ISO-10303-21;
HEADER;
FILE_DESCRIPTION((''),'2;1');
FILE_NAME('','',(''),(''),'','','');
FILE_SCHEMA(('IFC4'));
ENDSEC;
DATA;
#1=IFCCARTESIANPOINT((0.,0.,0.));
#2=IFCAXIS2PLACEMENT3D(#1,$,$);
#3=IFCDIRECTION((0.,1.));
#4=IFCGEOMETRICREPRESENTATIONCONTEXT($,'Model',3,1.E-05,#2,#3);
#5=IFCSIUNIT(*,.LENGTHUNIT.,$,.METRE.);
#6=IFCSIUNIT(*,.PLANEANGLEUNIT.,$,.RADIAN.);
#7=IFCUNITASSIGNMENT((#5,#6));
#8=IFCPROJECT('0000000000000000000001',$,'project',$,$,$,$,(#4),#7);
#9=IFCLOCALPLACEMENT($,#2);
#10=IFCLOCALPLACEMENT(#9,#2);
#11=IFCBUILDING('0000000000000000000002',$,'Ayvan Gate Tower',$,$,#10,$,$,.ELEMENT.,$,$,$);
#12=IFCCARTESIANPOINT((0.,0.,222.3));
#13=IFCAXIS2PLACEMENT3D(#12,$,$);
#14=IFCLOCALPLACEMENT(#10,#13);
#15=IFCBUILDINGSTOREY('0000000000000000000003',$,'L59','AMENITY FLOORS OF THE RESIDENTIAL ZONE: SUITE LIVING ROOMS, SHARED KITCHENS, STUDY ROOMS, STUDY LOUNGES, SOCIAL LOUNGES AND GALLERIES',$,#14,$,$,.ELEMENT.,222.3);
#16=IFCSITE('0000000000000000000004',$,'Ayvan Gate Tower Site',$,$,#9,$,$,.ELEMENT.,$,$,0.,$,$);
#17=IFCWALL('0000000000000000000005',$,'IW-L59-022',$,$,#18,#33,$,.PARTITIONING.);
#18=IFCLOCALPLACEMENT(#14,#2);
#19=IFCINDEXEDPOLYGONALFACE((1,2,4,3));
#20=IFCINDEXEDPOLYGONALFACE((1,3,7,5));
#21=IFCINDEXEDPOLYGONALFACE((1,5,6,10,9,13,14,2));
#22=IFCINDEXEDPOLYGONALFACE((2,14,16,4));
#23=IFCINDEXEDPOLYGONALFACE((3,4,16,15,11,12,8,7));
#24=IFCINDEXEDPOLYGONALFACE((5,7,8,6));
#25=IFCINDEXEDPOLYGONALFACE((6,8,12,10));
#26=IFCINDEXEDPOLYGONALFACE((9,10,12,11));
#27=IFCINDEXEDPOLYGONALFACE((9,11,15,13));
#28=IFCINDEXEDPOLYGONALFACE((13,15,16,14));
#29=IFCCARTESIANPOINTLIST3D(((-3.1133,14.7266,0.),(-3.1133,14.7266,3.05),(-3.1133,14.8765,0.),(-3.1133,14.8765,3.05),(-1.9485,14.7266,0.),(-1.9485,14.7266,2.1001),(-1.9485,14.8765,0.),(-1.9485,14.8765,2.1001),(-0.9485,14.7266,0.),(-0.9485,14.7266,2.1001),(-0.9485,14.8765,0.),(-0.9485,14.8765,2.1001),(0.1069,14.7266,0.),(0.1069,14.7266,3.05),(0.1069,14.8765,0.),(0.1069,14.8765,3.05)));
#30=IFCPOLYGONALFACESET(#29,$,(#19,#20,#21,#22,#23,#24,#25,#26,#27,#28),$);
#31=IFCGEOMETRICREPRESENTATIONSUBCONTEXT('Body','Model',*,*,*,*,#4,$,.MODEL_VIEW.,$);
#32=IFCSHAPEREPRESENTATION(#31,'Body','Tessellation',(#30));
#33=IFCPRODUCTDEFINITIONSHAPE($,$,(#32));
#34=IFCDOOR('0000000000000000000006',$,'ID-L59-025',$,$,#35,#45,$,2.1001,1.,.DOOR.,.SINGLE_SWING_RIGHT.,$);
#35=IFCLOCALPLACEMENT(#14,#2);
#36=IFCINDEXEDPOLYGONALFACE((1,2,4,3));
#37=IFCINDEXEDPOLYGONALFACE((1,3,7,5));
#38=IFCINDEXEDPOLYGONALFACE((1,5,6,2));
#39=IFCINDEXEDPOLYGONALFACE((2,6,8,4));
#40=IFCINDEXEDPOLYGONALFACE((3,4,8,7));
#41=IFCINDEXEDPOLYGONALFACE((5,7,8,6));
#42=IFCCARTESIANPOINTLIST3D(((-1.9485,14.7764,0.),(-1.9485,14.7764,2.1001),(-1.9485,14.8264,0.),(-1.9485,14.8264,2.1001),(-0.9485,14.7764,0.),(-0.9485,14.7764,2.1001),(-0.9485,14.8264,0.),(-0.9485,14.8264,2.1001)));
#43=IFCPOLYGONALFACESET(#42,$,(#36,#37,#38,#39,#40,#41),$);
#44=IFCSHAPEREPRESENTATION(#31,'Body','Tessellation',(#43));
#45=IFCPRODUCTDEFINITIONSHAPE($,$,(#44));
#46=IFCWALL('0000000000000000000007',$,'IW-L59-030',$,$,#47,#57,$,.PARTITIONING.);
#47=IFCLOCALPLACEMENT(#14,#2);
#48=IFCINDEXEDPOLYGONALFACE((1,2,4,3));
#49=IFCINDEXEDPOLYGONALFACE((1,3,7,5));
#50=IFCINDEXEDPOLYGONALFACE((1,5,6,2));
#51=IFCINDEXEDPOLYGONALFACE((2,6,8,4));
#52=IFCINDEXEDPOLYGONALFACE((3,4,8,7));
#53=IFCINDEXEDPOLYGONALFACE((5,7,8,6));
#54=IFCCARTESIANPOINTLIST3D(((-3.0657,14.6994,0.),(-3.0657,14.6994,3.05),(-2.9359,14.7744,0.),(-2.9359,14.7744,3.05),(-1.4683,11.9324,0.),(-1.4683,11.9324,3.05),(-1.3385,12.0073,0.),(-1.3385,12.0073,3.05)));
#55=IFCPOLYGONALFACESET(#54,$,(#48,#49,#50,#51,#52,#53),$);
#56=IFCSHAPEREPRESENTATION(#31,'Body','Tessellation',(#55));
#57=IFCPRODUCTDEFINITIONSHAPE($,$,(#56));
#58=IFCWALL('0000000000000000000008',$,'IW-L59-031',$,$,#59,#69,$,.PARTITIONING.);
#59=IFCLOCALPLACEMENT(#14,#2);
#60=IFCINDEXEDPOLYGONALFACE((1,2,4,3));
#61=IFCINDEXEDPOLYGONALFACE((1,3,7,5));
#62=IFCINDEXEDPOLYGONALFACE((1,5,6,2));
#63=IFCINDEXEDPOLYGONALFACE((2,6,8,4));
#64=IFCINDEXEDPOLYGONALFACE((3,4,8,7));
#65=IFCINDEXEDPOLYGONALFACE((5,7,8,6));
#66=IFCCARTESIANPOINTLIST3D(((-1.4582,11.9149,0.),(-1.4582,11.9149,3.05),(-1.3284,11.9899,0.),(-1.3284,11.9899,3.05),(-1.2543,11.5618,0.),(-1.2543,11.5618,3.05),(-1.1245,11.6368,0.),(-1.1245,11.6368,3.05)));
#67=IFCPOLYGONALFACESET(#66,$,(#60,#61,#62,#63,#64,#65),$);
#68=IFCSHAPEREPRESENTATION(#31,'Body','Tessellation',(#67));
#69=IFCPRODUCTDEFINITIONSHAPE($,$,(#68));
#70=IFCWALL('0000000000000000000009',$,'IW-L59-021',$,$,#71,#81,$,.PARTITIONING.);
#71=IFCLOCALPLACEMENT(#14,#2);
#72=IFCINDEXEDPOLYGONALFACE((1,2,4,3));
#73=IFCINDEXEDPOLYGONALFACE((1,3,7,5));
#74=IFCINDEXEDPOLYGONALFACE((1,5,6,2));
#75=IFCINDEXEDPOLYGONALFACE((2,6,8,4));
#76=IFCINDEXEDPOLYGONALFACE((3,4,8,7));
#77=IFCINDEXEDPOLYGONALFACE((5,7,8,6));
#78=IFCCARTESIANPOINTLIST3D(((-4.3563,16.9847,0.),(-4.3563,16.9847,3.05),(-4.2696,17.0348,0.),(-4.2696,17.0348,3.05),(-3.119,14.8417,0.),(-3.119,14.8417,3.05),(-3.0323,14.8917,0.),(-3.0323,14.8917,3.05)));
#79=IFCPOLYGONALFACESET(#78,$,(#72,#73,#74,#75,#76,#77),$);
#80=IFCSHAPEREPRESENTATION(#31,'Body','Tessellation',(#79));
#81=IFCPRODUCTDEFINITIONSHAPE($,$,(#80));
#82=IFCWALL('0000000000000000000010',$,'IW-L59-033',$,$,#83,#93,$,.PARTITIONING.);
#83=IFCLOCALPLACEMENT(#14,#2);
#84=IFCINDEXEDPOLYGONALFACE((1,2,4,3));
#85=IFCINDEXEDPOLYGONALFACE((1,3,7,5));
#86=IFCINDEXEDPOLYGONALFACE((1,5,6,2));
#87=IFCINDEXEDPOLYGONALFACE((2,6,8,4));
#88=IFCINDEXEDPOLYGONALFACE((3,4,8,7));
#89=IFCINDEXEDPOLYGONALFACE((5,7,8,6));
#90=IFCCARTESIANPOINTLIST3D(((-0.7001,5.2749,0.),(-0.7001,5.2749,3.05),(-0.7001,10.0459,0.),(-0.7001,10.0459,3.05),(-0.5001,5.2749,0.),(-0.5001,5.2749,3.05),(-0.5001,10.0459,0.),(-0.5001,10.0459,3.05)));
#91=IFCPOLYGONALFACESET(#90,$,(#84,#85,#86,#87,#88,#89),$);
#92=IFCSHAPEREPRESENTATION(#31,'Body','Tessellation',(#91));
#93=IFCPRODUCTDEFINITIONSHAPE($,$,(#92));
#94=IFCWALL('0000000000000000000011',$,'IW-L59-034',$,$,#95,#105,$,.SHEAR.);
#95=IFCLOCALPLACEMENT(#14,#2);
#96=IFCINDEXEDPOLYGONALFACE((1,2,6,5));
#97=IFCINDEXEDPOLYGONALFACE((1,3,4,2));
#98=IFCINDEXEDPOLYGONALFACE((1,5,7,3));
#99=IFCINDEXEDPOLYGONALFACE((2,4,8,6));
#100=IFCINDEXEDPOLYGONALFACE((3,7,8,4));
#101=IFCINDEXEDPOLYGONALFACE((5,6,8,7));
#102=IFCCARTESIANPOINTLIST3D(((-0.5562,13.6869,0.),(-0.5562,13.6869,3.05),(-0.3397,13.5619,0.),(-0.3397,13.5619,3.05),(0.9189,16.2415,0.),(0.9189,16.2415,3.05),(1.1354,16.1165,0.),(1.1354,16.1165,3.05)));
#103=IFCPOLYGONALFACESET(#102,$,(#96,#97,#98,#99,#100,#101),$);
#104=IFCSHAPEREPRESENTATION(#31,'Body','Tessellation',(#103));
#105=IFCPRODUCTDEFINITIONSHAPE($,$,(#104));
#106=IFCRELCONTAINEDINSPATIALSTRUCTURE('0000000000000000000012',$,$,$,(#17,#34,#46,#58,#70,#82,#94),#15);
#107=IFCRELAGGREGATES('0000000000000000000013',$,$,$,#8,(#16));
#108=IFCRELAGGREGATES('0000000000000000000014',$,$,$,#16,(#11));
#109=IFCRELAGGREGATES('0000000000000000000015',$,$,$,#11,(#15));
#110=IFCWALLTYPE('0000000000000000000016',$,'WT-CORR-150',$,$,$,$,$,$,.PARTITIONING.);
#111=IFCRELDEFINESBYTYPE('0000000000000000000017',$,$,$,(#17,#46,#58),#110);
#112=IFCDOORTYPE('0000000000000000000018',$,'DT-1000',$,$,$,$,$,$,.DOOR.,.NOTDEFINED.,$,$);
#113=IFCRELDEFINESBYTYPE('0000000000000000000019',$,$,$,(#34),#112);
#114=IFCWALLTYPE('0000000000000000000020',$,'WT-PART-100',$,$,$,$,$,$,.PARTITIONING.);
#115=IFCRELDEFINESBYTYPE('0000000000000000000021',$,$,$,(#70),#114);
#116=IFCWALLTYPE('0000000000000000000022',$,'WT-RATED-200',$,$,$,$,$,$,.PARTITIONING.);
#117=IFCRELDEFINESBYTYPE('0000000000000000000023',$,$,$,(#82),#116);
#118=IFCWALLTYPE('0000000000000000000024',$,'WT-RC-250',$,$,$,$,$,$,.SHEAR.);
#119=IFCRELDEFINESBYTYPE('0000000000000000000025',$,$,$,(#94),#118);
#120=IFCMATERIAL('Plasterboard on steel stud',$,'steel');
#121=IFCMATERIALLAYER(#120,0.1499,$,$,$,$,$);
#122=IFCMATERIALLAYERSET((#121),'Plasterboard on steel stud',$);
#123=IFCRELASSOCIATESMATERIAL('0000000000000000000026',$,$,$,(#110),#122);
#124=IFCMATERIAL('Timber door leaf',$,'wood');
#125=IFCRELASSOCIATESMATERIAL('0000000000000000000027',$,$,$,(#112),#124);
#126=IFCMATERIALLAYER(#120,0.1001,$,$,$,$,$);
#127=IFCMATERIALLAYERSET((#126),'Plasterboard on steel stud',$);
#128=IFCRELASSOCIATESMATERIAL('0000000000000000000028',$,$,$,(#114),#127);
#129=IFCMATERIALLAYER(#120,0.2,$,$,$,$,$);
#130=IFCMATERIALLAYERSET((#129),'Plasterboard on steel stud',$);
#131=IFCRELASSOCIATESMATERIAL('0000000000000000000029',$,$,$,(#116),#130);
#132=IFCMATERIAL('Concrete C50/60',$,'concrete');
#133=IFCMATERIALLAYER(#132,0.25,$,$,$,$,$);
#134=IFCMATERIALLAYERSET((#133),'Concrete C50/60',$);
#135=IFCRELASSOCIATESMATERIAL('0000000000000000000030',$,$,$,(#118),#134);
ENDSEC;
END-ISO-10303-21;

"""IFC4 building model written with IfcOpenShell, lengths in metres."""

from ifc_helpers import new_model, si_unit, direction, frame, frame_2d, origin, place, context, subcontext, project, spatial, rectangle, extrude, material, layer, layer_set, type_object, element, fill, save


model = new_model("IFC4")

# Units and contexts
model_context = context("Model", 3, precision=1e-05, world=origin(), true_north=direction((0.0, 1.0)))
body_context = subcontext(model_context, "Body", "Model", "MODEL_VIEW")
ifc_project = project(units=[si_unit("LENGTHUNIT", "METRE"), si_unit("PLANEANGLEUNIT", "RADIAN")], contexts=[model_context])

# Site, building, storey
site_placement = place(None, origin())
site = spatial("IfcSite", under=ifc_project, at=site_placement, Name="Ayvan Gate Tower Site", CompositionType="ELEMENT", RefElevation=0.0)
building_placement = place(site_placement, origin())
building = spatial("IfcBuilding", under=site, at=building_placement, Name="Ayvan Gate Tower", CompositionType="ELEMENT")
storey_placement = place(building_placement, frame((0.0, 0.0, 222.3)))
storey = spatial("IfcBuildingStorey", under=building, at=storey_placement, Name="L59", Description="AMENITY FLOORS OF THE RESIDENTIAL ZONE: SUITE LIVING ROOMS, SHARED KITCHENS, STUDY ROOMS, STUDY LOUNGES, SOCIAL LOUNGES AND GALLERIES", CompositionType="ELEMENT", Elevation=222.3)

# Shared definitions
ifc_material_1 = material(Name="Concrete C50/60", Category="concrete")

# Wall, opening, door
ifc_material_2 = material(Name="Plasterboard on steel stud", Category="steel")
ifc_layer_1 = layer(ifc_material_2, 0.1499)
ifc_layer_set_1 = layer_set([ifc_layer_1], Name="Plasterboard on steel stud")
wall_type_1 = type_object("IfcWallType", Name="WT-CORR-150", PredefinedType="PARTITIONING", material=ifc_layer_set_1)
wall_1_placement = place(storey_placement, frame((-3.1133, 14.8015, 0.0), z_axis=(0.0, 0.0, 1.0), x_axis=(1.0, 0.0, 0.0)))
wall_1 = element("IfcWall", 1, at=wall_1_placement, inside=storey, type_object=wall_type_1, Name="IW-L59-022", PredefinedType="PARTITIONING", context=body_context, shape_type="SweptSolid", body=[
    extrude(rectangle(XDim=3.2202, YDim=0.1499, at=frame_2d((1.6101, 0.0))), origin(), (0.0, 0.0, 1.0), 3.05),
])
opening_1_placement = place(wall_1_placement, frame((1.1648, 0.0, 0.0)))
opening_1 = element("IfcOpeningElement", 2, at=opening_1_placement, cuts=wall_1, PredefinedType="OPENING", context=body_context, shape_type="SweptSolid", body=[
    extrude(rectangle(XDim=1.0, YDim=2.1001, at=frame_2d((0.5, 1.05))), frame((0.0, 0.085, 0.0), z_axis=(0.0, -1.0, 0.0), x_axis=(1.0, 0.0, 0.0)), (0.0, 0.0, 1.0), 0.1699),
])
ifc_material_3 = material(Name="Timber door leaf", Category="wood")
door_type_1 = type_object("IfcDoorType", Name="DT-1000", OperationType="NOTDEFINED", PredefinedType="DOOR", material=ifc_material_3)
door_1_placement = place(opening_1_placement, origin())
door_1 = element("IfcDoor", 3, at=door_1_placement, inside=storey, type_object=door_type_1, Name="ID-L59-025", OperationType="SINGLE_SWING_RIGHT", OverallHeight=2.1001, OverallWidth=1.0, PredefinedType="DOOR", context=body_context, shape_type="SweptSolid", body=[
    extrude(rectangle(XDim=1.0, YDim=2.1001, at=frame_2d((0.5, 1.05))), frame((0.0, 0.0249, 0.0), z_axis=(0.0, -1.0, 0.0), x_axis=(1.0, 0.0, 0.0)), (0.0, 0.0, 1.0), 0.05),
])
fill(opening_1, door_1)

# Walls
wall_2_placement = place(storey_placement, frame((-1.4033, 11.9697, 0.0), z_axis=(0.0, 0.0, 1.0), x_axis=(-0.499961, 0.866048, 0.0)))
element("IfcWall", 4, at=wall_2_placement, inside=storey, type_object=wall_type_1, Name="IW-L59-030", PredefinedType="PARTITIONING", context=body_context, shape_type="SweptSolid", body=[
    extrude(rectangle(XDim=3.1951, YDim=0.1499, at=frame_2d((1.5977, 0.0))), origin(), (0.0, 0.0, 1.0), 3.05),
])
wall_3_placement = place(storey_placement, frame((-1.3933, 11.9524, 0.0), z_axis=(0.0, 0.0, 1.0), x_axis=(0.500068, -0.865986, 0.0)))
element("IfcWall", 5, at=wall_3_placement, inside=storey, type_object=wall_type_1, Name="IW-L59-031", PredefinedType="PARTITIONING", context=body_context, shape_type="SweptSolid", body=[
    extrude(rectangle(XDim=0.4077, YDim=0.1499, at=frame_2d((0.2039, 0.0))), origin(), (0.0, 0.0, 1.0), 3.05),
])
ifc_layer_2 = layer(ifc_material_2, 0.1001)
ifc_layer_set_2 = layer_set([ifc_layer_2], Name="Plasterboard on steel stud")
wall_type_2 = type_object("IfcWallType", Name="WT-PART-100", PredefinedType="PARTITIONING", material=ifc_layer_set_2)
wall_4_placement = place(storey_placement, frame((-3.0757, 14.8667, 0.0), z_axis=(0.0, 0.0, 1.0), x_axis=(-0.500001, 0.866025, 0.0)))
element("IfcWall", 6, at=wall_4_placement, inside=storey, type_object=wall_type_2, Name="IW-L59-021", PredefinedType="PARTITIONING", context=body_context, shape_type="SweptSolid", body=[
    extrude(rectangle(XDim=2.4746, YDim=0.1001, at=frame_2d((1.2373, 0.0))), origin(), (0.0, 0.0, 1.0), 3.05),
])
ifc_layer_3 = layer(ifc_material_2, 0.2)
ifc_layer_set_3 = layer_set([ifc_layer_3], Name="Plasterboard on steel stud")
wall_type_3 = type_object("IfcWallType", Name="WT-RATED-200", PredefinedType="PARTITIONING", material=ifc_layer_set_3)
wall_5_placement = place(storey_placement, frame((-0.6001, 10.0459, 0.0), z_axis=(0.0, 0.0, 1.0), x_axis=(0.0, -1.0, 0.0)))
element("IfcWall", 7, at=wall_5_placement, inside=storey, type_object=wall_type_3, Name="IW-L59-033", PredefinedType="PARTITIONING", context=body_context, shape_type="SweptSolid", body=[
    extrude(rectangle(XDim=4.771, YDim=0.2, at=frame_2d((2.3855, 0.0))), origin(), (0.0, 0.0, 1.0), 3.05),
])
ifc_layer_4 = layer(ifc_material_1, 0.25)
ifc_layer_set_4 = layer_set([ifc_layer_4], Name="Concrete C50/60")
wall_type_4 = type_object("IfcWallType", Name="WT-RC-250", PredefinedType="SHEAR", material=ifc_layer_set_4)
wall_6_placement = place(storey_placement, frame((-0.448, 13.6243, 0.0), z_axis=(0.0, 0.0, 1.0), x_axis=(0.500038, 0.866004, 0.0)))
element("IfcWall", 8, at=wall_6_placement, inside=storey, type_object=wall_type_4, Name="IW-L59-034", PredefinedType="SHEAR", context=body_context, shape_type="SweptSolid", body=[
    extrude(rectangle(XDim=2.95, YDim=0.25, at=frame_2d((1.4751, 0.0))), origin(), (0.0, 0.0, 1.0), 3.05),
])

save(model, "model.ifc")
